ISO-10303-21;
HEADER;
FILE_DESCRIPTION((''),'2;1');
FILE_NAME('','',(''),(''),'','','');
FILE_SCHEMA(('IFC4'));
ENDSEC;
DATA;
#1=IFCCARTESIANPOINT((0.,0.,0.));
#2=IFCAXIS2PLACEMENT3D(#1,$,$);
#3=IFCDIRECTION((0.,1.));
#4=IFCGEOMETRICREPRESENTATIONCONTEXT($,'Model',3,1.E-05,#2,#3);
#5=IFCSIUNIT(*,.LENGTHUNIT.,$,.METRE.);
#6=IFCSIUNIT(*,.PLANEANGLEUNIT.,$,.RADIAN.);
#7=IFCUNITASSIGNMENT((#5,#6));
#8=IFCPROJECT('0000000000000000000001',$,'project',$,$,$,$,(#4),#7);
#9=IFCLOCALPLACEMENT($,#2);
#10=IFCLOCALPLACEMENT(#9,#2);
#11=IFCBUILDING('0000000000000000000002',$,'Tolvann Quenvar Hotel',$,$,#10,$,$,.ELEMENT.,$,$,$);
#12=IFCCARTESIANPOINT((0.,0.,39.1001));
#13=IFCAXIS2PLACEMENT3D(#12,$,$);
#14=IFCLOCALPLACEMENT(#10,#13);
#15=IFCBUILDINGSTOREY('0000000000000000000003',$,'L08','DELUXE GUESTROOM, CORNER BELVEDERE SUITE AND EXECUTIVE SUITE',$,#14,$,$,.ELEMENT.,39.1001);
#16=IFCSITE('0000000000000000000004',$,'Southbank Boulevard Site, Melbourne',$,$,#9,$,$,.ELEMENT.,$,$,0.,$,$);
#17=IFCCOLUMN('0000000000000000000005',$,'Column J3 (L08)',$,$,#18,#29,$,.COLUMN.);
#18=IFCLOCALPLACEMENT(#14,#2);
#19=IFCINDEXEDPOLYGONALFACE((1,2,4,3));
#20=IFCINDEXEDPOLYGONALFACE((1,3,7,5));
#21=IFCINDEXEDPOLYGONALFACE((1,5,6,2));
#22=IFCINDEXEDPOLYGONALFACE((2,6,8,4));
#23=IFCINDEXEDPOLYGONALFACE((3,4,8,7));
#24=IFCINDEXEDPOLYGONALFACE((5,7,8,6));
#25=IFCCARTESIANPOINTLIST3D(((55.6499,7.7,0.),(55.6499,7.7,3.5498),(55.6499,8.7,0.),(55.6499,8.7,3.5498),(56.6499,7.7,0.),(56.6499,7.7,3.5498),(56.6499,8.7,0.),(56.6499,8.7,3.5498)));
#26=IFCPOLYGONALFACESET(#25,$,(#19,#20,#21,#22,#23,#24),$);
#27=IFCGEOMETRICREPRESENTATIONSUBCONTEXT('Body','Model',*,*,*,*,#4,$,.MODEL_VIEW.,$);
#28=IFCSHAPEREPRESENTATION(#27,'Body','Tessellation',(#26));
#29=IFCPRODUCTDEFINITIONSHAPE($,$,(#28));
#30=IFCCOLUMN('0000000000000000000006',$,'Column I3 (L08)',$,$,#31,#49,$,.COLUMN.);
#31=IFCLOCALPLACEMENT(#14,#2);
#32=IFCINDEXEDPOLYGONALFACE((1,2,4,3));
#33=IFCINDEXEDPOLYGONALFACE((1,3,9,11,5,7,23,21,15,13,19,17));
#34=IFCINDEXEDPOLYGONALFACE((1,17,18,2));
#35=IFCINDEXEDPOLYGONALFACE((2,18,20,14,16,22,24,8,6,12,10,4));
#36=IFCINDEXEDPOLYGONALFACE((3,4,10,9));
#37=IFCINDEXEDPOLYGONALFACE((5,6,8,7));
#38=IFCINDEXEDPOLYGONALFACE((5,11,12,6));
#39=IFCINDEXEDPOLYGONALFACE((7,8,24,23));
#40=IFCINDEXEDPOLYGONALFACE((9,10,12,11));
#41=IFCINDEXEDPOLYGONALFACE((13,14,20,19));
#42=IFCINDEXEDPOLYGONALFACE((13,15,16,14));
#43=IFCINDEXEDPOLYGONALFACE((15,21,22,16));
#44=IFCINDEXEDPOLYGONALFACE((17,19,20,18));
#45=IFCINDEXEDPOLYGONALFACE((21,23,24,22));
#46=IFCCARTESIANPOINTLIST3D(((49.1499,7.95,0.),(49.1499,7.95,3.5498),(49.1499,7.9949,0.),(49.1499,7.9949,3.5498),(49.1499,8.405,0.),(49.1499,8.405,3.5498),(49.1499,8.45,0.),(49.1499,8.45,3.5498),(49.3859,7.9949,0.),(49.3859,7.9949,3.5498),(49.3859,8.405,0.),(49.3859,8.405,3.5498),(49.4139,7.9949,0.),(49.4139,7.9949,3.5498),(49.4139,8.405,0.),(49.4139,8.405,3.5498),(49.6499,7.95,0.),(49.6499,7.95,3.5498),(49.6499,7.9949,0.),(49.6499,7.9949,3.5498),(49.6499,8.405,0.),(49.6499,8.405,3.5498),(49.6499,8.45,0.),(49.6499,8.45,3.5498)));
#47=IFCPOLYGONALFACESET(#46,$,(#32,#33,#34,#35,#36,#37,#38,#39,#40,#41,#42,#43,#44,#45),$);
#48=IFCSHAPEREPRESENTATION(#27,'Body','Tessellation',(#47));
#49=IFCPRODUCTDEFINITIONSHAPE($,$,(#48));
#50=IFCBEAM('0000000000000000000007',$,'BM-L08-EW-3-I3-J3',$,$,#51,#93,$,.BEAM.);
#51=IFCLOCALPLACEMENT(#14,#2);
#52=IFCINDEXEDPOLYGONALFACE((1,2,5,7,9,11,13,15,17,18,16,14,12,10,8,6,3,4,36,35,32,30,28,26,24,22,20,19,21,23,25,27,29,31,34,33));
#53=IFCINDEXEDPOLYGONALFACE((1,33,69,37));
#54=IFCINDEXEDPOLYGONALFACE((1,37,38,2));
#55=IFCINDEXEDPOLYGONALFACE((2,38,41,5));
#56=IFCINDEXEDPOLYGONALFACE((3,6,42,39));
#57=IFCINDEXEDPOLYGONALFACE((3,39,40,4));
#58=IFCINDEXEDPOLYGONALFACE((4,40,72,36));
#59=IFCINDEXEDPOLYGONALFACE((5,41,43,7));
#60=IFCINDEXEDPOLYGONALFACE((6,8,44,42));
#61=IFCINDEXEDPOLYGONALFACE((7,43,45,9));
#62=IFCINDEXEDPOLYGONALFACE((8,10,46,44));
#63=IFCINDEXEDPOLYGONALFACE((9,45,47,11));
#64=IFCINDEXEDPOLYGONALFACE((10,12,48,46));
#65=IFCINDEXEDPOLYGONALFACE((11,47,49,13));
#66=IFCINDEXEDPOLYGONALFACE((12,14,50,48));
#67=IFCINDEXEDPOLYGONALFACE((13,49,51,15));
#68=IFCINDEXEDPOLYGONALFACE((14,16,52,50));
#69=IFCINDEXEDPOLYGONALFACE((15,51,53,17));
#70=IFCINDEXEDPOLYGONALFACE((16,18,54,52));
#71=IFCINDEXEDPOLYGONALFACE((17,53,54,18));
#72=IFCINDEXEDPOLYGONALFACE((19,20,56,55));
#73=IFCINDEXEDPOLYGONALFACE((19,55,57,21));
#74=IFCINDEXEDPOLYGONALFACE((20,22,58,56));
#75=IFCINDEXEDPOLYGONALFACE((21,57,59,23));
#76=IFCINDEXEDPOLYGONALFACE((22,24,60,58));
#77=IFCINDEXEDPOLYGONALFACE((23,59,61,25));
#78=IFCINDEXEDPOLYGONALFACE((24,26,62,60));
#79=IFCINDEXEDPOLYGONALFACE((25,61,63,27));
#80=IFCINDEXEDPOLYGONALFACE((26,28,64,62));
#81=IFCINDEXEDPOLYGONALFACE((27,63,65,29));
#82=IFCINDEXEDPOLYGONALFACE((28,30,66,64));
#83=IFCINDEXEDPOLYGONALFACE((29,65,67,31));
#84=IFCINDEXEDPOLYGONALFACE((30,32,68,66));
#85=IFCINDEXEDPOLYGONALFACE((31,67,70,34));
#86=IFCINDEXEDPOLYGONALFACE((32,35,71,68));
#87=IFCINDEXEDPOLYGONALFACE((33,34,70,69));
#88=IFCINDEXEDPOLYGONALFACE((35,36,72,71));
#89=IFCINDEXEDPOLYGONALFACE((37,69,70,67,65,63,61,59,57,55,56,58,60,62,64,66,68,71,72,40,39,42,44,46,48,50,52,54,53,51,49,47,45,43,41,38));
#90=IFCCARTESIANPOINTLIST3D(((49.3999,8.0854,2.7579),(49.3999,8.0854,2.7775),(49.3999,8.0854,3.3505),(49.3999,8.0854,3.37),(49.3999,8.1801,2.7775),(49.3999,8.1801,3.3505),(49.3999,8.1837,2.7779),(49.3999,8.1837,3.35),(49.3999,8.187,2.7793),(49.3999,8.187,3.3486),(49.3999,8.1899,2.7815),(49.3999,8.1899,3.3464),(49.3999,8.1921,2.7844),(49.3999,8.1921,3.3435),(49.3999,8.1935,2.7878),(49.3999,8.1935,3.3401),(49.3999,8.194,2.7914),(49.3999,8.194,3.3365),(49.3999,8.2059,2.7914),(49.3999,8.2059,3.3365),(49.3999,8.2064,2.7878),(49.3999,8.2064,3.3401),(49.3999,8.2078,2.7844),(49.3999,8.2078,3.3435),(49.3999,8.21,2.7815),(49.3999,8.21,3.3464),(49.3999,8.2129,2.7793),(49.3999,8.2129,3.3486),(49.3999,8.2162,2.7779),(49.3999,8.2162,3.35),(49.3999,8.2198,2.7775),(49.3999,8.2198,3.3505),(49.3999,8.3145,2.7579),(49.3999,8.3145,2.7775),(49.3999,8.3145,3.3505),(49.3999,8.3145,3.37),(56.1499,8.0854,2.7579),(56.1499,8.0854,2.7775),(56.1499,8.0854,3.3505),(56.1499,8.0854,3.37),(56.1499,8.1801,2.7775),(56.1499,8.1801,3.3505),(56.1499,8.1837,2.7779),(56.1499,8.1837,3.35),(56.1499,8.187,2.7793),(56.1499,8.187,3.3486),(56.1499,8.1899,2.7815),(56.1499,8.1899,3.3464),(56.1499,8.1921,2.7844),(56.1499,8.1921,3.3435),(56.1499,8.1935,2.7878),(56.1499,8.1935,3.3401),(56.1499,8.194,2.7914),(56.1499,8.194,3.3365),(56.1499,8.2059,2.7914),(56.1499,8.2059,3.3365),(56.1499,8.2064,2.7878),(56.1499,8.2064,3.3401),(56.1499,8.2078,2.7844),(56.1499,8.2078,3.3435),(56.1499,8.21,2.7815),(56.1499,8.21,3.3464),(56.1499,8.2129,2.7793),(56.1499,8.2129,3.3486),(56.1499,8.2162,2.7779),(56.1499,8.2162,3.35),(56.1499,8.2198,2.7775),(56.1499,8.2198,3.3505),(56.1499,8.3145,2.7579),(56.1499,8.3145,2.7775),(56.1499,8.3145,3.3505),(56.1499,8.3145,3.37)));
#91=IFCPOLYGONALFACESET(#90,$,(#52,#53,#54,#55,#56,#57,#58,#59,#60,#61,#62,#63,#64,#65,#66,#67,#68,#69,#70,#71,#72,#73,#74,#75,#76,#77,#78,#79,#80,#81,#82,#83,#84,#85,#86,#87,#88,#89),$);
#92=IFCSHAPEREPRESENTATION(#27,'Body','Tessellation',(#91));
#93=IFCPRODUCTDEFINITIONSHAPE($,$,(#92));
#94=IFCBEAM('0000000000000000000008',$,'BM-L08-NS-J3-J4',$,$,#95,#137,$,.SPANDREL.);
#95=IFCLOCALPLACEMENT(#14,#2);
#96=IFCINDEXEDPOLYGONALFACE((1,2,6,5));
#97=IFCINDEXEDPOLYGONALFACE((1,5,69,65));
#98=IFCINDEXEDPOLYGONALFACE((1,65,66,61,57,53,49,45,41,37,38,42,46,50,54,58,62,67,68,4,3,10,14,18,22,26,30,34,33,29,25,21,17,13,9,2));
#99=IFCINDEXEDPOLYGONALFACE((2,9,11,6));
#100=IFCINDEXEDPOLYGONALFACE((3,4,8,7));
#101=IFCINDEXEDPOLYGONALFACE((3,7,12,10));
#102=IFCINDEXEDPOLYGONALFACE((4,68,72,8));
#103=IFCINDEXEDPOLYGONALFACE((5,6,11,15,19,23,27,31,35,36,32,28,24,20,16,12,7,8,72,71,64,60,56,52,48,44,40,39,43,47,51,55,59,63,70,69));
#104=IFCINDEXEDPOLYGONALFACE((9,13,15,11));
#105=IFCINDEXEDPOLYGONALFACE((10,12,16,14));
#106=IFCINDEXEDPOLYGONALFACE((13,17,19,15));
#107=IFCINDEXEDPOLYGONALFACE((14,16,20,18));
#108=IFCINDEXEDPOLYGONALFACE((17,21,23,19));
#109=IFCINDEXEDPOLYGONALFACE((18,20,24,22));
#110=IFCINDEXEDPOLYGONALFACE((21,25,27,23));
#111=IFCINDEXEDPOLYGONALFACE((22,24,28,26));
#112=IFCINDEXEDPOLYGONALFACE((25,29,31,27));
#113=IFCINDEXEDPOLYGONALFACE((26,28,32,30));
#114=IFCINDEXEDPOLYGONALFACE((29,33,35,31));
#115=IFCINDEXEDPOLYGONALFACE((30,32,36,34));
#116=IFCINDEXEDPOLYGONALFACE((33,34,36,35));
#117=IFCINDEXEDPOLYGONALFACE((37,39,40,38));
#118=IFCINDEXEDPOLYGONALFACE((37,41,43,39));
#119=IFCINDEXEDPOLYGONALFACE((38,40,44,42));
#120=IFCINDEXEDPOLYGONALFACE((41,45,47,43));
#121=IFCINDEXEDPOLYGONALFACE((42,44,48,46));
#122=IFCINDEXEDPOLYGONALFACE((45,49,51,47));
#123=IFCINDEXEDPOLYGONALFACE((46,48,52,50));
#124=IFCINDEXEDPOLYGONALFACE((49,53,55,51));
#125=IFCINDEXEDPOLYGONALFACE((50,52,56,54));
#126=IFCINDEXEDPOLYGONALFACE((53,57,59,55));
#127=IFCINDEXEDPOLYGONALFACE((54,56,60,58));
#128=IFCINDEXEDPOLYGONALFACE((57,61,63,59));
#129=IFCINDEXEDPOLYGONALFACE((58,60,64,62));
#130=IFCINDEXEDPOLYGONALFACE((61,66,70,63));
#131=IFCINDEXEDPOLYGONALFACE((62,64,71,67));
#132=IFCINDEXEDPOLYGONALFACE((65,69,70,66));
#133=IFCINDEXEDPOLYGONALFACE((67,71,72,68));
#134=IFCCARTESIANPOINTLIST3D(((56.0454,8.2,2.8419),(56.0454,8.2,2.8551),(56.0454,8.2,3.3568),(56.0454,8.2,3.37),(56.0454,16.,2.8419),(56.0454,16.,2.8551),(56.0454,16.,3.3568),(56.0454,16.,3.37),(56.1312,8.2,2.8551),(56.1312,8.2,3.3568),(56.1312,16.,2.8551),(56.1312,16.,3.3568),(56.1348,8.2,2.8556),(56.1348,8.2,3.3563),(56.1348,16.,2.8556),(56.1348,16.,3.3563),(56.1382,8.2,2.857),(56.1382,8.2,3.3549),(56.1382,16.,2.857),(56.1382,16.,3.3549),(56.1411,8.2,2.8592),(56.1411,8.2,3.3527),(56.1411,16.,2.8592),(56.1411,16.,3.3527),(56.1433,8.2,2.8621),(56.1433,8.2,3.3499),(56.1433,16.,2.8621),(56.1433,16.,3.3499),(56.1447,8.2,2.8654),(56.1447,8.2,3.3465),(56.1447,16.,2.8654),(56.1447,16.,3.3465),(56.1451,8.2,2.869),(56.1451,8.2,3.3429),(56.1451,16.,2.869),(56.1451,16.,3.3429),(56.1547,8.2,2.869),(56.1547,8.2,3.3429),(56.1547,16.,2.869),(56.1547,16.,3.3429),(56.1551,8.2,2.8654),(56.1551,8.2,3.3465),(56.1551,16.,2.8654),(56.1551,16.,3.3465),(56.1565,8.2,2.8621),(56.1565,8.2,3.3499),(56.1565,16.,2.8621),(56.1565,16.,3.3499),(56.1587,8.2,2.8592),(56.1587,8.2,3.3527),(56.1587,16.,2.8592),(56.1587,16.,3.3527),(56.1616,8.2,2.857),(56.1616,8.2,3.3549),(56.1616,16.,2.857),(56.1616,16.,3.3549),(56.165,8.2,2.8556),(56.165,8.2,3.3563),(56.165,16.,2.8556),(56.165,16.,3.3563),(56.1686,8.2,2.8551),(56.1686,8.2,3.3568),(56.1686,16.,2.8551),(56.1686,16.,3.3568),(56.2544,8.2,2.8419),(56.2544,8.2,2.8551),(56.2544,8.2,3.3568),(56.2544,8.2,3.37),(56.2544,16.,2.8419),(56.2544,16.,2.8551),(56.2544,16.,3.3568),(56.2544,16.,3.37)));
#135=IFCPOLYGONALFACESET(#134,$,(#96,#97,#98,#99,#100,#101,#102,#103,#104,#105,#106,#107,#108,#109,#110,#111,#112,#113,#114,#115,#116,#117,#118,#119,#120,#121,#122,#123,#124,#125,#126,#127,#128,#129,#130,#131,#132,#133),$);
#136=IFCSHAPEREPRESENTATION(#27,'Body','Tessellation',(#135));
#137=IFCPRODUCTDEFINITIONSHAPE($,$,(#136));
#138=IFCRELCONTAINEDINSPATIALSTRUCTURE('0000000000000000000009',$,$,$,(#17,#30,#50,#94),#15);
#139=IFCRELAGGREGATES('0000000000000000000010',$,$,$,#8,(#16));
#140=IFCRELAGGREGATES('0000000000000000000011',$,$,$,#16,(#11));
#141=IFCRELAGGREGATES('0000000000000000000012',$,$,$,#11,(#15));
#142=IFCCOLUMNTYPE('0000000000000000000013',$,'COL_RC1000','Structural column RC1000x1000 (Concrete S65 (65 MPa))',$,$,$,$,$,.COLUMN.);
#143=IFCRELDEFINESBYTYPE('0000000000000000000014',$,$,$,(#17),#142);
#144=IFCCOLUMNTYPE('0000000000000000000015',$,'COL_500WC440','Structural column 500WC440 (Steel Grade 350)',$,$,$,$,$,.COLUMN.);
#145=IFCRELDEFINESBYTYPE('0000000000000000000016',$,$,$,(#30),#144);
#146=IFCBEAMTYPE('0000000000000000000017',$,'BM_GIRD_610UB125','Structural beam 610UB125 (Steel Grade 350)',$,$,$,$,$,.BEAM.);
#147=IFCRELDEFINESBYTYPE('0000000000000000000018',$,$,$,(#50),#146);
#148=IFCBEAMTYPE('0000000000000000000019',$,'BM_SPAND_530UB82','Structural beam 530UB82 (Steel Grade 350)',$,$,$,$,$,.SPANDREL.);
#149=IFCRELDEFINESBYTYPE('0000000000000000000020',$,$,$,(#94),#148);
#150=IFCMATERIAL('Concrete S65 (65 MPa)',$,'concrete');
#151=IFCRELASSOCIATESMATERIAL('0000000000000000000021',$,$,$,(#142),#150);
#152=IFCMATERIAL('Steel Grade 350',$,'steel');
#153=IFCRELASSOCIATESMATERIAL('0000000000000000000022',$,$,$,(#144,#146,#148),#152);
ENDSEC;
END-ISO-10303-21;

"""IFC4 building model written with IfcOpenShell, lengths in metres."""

from ifc_helpers import new_model, si_unit, direction, frame, origin, origin_2d, place, context, subcontext, project, spatial, rectangle, i_section, extrude, source, transform, mapped, material, material_profile, profile_set, type_object, type_shapes, element, save


model = new_model("IFC4")

# Units and contexts
model_context = context("Model", 3, precision=1e-05, world=origin(), true_north=direction((0.0, 1.0)))
body_context = subcontext(model_context, "Body", "Model", "MODEL_VIEW")
ifc_project = project(units=[si_unit("LENGTHUNIT", "METRE"), si_unit("PLANEANGLEUNIT", "RADIAN")], contexts=[model_context])

# Site, building, storey
site_placement = place(None, origin())
site = spatial("IfcSite", under=ifc_project, at=site_placement, Name="Southbank Boulevard Site, Melbourne", CompositionType="ELEMENT", RefElevation=0.0)
building_placement = place(site_placement, origin())
building = spatial("IfcBuilding", under=site, at=building_placement, Name="Tolvann Quenvar Hotel", CompositionType="ELEMENT")
storey_placement = place(building_placement, frame((0.0, 0.0, 39.1001)))
storey = spatial("IfcBuildingStorey", under=building, at=storey_placement, Name="L08", Description="DELUXE GUESTROOM, CORNER BELVEDERE SUITE AND EXECUTIVE SUITE", CompositionType="ELEMENT", Elevation=39.1001)

# Columns
ifc_material_1 = material(Name="Concrete S65 (65 MPa)", Category="concrete")
ifc_material_profile_1 = material_profile(ifc_material_1, rectangle(XDim=1.0, YDim=1.0, at=origin_2d()), Name="RC1000x1000")
ifc_profile_set_1 = profile_set([ifc_material_profile_1], Name="Concrete S65 (65 MPa)")
column_type_1 = type_object("IfcColumnType", Name="COL_RC1000", Description="Structural column RC1000x1000 (Concrete S65 (65 MPa))", PredefinedType="COLUMN", material=ifc_profile_set_1)
shared_shape_1 = source(origin(), body_context, "Body", "SweptSolid", [
    extrude(rectangle(XDim=1.0, YDim=1.0, at=origin_2d()), origin(), (0.0, 0.0, 1.0), 3.5498),
])
type_shapes(column_type_1, [shared_shape_1])
column_1_placement = place(storey_placement, frame((56.1499, 8.2, 0.0), z_axis=(0.0, 0.0, 1.0), x_axis=(1.0, 0.0, 0.0)))
element("IfcColumn", 1, at=column_1_placement, inside=storey, type_object=column_type_1, Name="Column J3 (L08)", PredefinedType="COLUMN", context=body_context, shape_type="MappedRepresentation", body=[
    mapped(shared_shape_1, transform((0.0, 0.0, 0.0), x_axis=(1.0, 0.0, 0.0), y_axis=(0.0, 1.0, 0.0), z_axis=(0.0, 0.0, 1.0), scale=1.0)),
])
ifc_material_2 = material(Name="Steel Grade 350", Category="steel")
ifc_material_profile_2 = material_profile(ifc_material_2, i_section(OverallWidth=0.5, OverallDepth=0.5, WebThickness=0.0281, FlangeThickness=0.0449, at=origin_2d()), Name="500WC440")
ifc_profile_set_2 = profile_set([ifc_material_profile_2], Name="Steel Grade 350")
column_type_2 = type_object("IfcColumnType", Name="COL_500WC440", Description="Structural column 500WC440 (Steel Grade 350)", PredefinedType="COLUMN", material=ifc_profile_set_2)
shared_shape_2 = source(origin(), body_context, "Body", "SweptSolid", [
    extrude(i_section(OverallWidth=0.5, OverallDepth=0.5, WebThickness=0.0281, FlangeThickness=0.0449, at=origin_2d()), origin(), (0.0, 0.0, 1.0), 3.5498),
])
type_shapes(column_type_2, [shared_shape_2])
column_2_placement = place(storey_placement, frame((49.3999, 8.2, 0.0), z_axis=(0.0, 0.0, 1.0), x_axis=(1.0, 0.0, 0.0)))
element("IfcColumn", 2, at=column_2_placement, inside=storey, type_object=column_type_2, Name="Column I3 (L08)", PredefinedType="COLUMN", context=body_context, shape_type="MappedRepresentation", body=[
    mapped(shared_shape_2, transform((0.0, 0.0, 0.0), x_axis=(1.0, 0.0, 0.0), y_axis=(0.0, 1.0, 0.0), z_axis=(0.0, 0.0, 1.0), scale=1.0)),
])

# Beams
ifc_material_profile_3 = material_profile(ifc_material_2, i_section(OverallWidth=0.229, OverallDepth=0.6121, WebThickness=0.012, FlangeThickness=0.0195, FilletRadius=0.0139, at=origin_2d()), Name="610UB125")
ifc_profile_set_3 = profile_set([ifc_material_profile_3], Name="Steel Grade 350")
beam_type_1 = type_object("IfcBeamType", Name="BM_GIRD_610UB125", Description="Structural beam 610UB125 (Steel Grade 350)", PredefinedType="BEAM", material=ifc_profile_set_3)
shared_shape_3 = source(origin(), body_context, "Body", "SweptSolid", [
    extrude(i_section(OverallWidth=0.229, OverallDepth=0.6121, WebThickness=0.012, FlangeThickness=0.0195, FilletRadius=0.0139, at=origin_2d()), origin(), (0.0, 0.0, 1.0), 6.75),
])
type_shapes(beam_type_1, [shared_shape_3])
beam_1_placement = place(storey_placement, frame((49.3999, 8.2, 3.064), z_axis=(1.0, 0.0, 0.0), x_axis=(0.0, 1.0, 0.0)))
element("IfcBeam", 3, at=beam_1_placement, inside=storey, type_object=beam_type_1, Name="BM-L08-EW-3-I3-J3", PredefinedType="BEAM", context=body_context, shape_type="MappedRepresentation", body=[
    mapped(shared_shape_3, transform((0.0, 0.0, 0.0), x_axis=(1.0, 0.0, 0.0), y_axis=(0.0, 1.0, 0.0), z_axis=(0.0, 0.0, 1.0), scale=1.0)),
])
ifc_material_profile_4 = material_profile(ifc_material_2, i_section(OverallWidth=0.209, OverallDepth=0.5281, WebThickness=0.0095, FlangeThickness=0.0132, FilletRadius=0.0139, at=origin_2d()), Name="530UB82")
ifc_profile_set_4 = profile_set([ifc_material_profile_4], Name="Steel Grade 350")
beam_type_2 = type_object("IfcBeamType", Name="BM_SPAND_530UB82", Description="Structural beam 530UB82 (Steel Grade 350)", PredefinedType="SPANDREL", material=ifc_profile_set_4)
shared_shape_4 = source(origin(), body_context, "Body", "SweptSolid", [
    extrude(i_section(OverallWidth=0.209, OverallDepth=0.5281, WebThickness=0.0095, FlangeThickness=0.0132, FilletRadius=0.0139, at=origin_2d()), origin(), (0.0, 0.0, 1.0), 7.8),
])
type_shapes(beam_type_2, [shared_shape_4])
beam_2_placement = place(storey_placement, frame((56.1499, 8.2, 3.106), z_axis=(0.0, 1.0, 0.0), x_axis=(-1.0, 0.0, 0.0)))
element("IfcBeam", 4, at=beam_2_placement, inside=storey, type_object=beam_type_2, Name="BM-L08-NS-J3-J4", PredefinedType="SPANDREL", context=body_context, shape_type="MappedRepresentation", body=[
    mapped(shared_shape_4, transform((0.0, 0.0, 0.0), x_axis=(1.0, 0.0, 0.0), y_axis=(0.0, 1.0, 0.0), z_axis=(0.0, 0.0, 1.0), scale=1.0)),
])

save(model, "model.ifc")
